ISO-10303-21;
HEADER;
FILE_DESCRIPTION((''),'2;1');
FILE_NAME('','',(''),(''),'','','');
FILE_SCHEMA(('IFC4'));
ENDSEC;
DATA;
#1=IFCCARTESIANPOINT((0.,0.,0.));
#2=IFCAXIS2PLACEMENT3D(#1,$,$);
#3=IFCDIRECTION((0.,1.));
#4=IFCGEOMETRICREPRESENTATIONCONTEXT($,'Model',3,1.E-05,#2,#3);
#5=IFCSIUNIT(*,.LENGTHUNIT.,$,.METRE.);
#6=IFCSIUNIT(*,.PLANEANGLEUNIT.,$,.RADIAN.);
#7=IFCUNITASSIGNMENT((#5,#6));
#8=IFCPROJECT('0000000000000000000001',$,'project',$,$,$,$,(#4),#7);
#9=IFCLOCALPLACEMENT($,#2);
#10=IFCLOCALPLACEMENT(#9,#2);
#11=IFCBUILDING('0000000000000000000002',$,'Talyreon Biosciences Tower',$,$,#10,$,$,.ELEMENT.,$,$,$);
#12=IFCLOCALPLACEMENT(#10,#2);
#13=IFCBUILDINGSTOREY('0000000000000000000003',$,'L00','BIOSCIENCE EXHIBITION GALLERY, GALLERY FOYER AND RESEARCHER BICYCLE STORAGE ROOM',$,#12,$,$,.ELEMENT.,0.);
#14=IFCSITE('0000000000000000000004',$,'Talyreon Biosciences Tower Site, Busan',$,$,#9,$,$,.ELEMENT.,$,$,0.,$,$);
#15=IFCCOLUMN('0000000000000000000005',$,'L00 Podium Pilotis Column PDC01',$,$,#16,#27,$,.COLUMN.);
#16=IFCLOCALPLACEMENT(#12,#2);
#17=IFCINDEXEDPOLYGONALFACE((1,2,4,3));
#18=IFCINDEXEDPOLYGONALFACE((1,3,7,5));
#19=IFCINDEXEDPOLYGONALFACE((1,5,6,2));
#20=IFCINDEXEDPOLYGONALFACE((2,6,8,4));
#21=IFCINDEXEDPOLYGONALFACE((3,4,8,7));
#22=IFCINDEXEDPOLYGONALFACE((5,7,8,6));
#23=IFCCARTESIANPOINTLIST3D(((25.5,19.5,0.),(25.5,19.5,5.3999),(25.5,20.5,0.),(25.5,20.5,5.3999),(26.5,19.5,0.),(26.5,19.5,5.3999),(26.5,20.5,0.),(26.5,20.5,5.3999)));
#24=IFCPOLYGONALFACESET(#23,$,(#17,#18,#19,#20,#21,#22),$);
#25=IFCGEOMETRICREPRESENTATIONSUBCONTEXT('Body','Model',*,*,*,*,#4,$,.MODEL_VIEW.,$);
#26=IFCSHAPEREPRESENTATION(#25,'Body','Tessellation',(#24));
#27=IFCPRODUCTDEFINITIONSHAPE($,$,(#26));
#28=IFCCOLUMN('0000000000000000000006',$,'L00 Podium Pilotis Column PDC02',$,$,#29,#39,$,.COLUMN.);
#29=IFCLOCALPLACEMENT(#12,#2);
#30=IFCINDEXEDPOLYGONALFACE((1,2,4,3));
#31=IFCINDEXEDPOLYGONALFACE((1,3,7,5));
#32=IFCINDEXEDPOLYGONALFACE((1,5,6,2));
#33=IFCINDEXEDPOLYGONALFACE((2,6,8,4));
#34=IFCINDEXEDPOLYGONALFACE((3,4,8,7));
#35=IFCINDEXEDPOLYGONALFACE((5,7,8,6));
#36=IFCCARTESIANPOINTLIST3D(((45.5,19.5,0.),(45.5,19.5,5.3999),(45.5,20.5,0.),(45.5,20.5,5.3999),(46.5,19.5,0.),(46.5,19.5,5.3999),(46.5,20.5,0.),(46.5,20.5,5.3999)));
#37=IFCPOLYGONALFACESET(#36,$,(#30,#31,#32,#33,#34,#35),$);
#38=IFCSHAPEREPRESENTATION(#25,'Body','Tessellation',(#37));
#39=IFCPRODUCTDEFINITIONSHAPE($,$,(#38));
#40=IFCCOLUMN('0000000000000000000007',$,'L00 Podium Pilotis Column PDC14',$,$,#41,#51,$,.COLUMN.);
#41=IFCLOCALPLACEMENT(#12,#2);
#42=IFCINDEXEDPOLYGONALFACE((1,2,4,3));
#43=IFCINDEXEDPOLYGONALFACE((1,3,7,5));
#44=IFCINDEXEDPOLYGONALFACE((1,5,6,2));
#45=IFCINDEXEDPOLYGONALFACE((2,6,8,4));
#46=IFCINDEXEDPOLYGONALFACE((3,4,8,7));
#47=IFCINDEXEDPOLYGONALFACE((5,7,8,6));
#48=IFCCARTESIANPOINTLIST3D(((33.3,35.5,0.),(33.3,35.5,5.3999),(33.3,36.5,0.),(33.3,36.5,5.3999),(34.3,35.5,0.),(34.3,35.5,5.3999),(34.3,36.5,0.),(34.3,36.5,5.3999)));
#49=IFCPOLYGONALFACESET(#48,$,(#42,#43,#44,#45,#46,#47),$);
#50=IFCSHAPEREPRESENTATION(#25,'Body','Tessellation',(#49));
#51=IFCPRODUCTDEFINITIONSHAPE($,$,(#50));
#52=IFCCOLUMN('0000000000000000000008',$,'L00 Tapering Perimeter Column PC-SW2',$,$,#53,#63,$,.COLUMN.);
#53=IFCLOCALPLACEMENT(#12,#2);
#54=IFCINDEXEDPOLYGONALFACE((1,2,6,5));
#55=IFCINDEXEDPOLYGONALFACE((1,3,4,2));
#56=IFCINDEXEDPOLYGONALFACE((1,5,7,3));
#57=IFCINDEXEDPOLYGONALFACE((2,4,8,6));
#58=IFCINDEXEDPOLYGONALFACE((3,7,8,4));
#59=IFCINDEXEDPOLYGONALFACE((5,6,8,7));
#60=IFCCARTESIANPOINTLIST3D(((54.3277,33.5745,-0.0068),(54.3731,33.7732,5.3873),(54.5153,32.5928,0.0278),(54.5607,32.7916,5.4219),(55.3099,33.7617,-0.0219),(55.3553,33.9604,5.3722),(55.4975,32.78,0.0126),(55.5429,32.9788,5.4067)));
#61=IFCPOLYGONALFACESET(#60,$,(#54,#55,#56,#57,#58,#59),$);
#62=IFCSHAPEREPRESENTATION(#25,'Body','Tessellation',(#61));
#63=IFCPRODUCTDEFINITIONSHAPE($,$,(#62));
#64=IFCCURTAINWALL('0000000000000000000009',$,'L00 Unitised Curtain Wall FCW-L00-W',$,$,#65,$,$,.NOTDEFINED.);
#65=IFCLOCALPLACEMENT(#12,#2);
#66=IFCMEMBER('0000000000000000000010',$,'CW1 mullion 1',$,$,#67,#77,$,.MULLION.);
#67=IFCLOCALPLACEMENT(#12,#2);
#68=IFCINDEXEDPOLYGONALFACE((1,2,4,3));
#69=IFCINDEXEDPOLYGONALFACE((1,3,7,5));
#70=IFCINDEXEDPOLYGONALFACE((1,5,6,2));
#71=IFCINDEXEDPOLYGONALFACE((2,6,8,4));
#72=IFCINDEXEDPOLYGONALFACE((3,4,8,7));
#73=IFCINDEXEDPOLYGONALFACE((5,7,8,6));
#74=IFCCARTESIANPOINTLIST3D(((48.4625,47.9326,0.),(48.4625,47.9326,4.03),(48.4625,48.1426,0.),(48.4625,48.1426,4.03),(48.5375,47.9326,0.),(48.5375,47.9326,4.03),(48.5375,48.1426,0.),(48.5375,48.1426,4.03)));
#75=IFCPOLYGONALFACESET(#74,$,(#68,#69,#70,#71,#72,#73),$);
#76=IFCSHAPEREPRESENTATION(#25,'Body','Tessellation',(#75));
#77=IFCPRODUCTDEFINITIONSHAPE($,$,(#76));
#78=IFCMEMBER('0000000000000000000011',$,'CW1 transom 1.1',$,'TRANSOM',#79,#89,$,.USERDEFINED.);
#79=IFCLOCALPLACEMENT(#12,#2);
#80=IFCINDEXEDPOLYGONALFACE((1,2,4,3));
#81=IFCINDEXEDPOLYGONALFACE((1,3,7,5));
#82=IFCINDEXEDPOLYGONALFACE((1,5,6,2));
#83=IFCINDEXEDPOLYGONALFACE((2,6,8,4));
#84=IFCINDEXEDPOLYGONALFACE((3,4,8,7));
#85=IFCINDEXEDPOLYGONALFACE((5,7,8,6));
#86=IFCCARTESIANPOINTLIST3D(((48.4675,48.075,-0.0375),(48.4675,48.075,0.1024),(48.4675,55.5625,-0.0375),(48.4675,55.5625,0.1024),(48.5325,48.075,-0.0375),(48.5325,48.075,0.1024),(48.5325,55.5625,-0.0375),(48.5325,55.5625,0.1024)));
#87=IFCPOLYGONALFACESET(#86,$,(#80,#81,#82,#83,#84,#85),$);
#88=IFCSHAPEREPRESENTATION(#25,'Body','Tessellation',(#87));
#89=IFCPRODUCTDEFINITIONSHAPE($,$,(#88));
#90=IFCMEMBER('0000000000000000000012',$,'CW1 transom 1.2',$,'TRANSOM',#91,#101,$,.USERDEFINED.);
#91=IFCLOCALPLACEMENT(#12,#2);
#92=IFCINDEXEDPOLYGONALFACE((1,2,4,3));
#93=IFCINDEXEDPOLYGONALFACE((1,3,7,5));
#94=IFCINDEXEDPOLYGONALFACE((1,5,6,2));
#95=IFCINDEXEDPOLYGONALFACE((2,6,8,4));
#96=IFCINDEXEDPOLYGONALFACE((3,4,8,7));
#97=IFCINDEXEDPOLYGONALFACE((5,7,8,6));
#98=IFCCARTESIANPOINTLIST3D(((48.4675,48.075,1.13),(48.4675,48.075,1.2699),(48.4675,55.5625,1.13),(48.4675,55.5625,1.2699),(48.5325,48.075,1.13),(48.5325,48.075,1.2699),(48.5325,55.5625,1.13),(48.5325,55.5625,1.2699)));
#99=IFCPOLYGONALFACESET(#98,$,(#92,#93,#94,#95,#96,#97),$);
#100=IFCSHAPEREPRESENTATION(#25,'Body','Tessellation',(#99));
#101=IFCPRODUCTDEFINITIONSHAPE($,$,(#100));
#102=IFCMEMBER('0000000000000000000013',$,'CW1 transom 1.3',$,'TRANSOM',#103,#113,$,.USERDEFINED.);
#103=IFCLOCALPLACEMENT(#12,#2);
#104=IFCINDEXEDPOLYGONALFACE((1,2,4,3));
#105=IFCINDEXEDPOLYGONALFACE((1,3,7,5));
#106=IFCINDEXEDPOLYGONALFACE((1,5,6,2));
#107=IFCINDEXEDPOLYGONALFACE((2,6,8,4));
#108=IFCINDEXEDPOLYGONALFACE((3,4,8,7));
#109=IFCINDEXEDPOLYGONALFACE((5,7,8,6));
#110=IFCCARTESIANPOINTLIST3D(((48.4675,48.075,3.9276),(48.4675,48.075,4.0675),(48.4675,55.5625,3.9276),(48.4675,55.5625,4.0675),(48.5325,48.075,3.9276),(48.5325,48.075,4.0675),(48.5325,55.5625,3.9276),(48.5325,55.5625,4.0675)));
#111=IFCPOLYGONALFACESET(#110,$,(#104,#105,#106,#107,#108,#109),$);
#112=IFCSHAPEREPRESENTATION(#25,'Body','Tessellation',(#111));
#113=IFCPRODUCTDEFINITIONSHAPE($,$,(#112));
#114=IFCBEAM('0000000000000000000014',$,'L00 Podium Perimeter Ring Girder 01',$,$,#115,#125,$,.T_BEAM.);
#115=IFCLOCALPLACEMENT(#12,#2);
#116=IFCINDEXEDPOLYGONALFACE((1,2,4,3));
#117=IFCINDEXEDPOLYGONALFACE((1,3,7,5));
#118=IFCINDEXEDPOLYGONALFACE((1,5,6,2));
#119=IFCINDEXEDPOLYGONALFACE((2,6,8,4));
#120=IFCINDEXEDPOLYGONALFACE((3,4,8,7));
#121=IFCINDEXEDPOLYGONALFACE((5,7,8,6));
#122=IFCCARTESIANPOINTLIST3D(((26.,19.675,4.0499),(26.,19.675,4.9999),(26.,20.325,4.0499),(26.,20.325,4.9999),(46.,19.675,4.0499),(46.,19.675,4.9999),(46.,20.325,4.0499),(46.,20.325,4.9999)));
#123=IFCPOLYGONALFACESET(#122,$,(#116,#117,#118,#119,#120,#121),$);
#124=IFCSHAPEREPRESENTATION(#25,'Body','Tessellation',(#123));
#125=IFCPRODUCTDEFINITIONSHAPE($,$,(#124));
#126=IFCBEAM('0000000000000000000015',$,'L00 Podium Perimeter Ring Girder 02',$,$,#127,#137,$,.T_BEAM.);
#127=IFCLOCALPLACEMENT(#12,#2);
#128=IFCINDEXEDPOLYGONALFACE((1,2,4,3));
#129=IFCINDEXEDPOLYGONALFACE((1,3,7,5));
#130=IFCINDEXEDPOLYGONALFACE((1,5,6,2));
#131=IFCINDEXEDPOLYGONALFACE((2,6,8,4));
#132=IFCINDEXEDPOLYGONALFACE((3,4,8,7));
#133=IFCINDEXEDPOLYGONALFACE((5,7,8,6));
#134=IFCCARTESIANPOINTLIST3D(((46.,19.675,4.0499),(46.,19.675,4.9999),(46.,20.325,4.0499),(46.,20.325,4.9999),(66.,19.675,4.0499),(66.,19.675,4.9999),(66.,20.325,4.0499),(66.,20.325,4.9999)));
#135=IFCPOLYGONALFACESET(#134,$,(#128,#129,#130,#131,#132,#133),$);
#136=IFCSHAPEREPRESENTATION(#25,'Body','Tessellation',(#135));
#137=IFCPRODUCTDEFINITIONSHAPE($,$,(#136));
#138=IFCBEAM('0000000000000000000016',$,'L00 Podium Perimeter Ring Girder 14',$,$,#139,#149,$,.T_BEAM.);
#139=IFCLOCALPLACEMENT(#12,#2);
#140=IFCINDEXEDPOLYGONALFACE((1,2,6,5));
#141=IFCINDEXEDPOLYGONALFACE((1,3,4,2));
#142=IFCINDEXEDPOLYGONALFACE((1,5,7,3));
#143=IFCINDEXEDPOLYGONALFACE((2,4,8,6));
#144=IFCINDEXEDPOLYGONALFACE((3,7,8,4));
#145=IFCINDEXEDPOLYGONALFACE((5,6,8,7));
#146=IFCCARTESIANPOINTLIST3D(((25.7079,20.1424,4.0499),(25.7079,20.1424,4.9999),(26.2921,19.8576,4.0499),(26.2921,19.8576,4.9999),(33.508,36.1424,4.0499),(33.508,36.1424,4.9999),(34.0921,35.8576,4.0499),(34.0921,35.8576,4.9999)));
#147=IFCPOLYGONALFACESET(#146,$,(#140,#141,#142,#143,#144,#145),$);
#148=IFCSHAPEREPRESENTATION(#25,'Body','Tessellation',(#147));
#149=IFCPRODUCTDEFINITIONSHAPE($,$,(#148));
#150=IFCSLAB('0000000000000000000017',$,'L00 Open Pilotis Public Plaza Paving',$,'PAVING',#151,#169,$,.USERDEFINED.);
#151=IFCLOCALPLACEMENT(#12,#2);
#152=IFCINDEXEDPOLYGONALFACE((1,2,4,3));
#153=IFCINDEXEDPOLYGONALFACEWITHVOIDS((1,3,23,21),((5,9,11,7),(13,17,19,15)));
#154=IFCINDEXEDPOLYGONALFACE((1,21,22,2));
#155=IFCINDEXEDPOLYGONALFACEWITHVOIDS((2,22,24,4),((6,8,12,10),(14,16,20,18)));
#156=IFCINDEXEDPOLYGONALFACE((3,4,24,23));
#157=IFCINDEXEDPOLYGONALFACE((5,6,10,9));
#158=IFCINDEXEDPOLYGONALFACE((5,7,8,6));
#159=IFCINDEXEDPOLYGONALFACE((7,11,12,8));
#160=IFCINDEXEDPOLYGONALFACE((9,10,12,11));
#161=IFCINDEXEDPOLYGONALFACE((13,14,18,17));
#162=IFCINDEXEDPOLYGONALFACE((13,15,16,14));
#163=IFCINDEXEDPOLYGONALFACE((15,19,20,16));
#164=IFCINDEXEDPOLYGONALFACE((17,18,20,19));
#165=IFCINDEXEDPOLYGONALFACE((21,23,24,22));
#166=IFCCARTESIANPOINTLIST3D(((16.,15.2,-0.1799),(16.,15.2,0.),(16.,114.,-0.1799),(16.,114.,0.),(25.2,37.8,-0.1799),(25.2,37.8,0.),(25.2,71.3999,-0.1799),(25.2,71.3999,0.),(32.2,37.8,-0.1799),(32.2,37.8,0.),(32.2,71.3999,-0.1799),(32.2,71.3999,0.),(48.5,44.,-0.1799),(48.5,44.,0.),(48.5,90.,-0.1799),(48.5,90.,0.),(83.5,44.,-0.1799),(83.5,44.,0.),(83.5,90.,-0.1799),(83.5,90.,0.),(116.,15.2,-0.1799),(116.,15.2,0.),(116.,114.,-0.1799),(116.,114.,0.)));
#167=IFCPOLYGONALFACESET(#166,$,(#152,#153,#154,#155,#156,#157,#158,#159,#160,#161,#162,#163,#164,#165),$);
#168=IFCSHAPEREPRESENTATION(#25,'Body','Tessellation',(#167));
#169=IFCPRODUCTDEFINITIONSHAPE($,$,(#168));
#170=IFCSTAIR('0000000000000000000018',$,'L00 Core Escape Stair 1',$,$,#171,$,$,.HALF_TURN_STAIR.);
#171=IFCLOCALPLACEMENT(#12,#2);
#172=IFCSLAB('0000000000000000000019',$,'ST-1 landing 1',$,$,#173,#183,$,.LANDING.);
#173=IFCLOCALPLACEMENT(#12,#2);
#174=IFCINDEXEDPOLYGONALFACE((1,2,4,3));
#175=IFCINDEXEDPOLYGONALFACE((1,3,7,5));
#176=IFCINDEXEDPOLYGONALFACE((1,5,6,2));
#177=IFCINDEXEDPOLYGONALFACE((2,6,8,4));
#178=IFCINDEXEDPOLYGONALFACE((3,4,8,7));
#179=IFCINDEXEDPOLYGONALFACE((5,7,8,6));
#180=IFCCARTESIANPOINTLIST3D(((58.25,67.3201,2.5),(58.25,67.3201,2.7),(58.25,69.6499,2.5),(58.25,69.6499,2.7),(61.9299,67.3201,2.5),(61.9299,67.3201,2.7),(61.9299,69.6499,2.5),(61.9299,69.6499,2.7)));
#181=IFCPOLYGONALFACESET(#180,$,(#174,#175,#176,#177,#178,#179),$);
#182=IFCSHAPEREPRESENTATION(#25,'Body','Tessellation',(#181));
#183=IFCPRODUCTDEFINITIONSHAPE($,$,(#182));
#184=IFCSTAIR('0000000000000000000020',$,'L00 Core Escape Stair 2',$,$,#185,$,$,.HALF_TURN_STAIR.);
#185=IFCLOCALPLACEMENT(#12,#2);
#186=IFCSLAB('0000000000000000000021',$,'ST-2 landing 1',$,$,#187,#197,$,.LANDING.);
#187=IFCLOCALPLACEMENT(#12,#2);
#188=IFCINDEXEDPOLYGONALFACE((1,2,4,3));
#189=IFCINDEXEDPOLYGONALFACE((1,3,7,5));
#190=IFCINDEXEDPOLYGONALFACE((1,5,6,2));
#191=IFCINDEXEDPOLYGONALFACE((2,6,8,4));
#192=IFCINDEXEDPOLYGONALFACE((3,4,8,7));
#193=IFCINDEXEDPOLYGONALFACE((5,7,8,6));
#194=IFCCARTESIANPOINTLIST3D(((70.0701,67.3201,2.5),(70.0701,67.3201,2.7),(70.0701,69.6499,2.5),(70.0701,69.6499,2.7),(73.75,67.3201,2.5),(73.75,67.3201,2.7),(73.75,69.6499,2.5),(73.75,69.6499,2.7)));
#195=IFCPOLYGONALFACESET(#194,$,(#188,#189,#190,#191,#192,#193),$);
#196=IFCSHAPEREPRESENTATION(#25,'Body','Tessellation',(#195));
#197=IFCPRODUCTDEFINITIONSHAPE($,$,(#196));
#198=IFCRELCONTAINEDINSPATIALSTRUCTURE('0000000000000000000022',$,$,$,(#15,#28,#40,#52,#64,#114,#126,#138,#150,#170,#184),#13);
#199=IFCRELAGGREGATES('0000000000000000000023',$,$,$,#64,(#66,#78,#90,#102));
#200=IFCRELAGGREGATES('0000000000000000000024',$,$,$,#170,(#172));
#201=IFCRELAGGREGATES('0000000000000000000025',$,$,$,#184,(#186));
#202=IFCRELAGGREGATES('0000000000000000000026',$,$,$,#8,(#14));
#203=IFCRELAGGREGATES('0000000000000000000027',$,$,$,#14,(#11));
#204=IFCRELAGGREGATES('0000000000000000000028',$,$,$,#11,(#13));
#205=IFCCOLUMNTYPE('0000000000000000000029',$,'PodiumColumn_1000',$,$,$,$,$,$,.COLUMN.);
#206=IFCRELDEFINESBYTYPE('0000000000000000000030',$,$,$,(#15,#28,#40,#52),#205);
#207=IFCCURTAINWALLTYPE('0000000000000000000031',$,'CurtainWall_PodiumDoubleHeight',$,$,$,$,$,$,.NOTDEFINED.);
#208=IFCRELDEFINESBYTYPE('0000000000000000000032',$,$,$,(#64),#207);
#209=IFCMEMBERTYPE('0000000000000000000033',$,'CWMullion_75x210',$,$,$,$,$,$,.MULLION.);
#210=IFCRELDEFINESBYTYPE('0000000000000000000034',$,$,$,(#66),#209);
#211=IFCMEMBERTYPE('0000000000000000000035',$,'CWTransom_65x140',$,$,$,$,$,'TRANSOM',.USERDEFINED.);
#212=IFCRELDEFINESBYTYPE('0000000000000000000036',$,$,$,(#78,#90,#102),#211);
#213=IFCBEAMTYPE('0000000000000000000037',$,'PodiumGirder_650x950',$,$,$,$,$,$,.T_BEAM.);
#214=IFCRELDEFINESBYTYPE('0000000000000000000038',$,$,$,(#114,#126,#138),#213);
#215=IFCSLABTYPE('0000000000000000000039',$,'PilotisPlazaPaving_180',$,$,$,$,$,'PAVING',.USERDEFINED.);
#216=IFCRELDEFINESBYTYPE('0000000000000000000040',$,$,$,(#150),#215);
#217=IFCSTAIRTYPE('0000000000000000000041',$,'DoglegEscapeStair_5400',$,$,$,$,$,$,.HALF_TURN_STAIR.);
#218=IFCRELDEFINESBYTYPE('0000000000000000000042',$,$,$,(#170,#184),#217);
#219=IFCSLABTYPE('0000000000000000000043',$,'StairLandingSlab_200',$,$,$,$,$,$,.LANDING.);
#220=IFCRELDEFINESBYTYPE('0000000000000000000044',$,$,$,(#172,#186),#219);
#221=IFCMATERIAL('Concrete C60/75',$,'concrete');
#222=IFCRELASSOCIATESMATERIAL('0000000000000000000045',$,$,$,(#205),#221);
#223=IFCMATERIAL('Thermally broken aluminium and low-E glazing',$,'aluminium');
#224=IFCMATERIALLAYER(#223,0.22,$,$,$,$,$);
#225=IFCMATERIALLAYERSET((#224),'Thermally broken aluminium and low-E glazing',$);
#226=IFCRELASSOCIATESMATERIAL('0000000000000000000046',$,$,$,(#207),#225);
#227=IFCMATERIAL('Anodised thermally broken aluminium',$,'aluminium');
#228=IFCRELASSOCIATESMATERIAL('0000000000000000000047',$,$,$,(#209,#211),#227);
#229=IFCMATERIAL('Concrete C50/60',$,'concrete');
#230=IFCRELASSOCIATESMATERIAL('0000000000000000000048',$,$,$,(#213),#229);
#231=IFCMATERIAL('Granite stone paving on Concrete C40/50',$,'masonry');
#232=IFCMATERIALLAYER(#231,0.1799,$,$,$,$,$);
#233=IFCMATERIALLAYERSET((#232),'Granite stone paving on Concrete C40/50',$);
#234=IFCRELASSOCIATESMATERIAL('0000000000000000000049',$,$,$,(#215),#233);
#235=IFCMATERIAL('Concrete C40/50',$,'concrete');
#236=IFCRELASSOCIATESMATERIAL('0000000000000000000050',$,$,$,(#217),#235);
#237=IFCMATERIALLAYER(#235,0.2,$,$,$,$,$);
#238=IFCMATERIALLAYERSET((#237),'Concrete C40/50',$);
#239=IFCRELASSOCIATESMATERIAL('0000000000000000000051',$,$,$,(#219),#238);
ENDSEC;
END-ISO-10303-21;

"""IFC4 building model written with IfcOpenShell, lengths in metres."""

from ifc_helpers import new_model, si_unit, direction, frame, origin, origin_2d, place, context, subcontext, project, spatial, polyline, rectangle, outline, extrude, material, layer, layer_set, material_profile, profile_set, type_object, element, aggregate, save


model = new_model("IFC4")

# Units and contexts
model_context = context("Model", 3, precision=1e-05, world=origin(), true_north=direction((0.0, 1.0)))
body_context = subcontext(model_context, "Body", "Model", "MODEL_VIEW")
ifc_project = project(units=[si_unit("LENGTHUNIT", "METRE"), si_unit("PLANEANGLEUNIT", "RADIAN")], contexts=[model_context])

# Site, building, storey
site_placement = place(None, origin())
site = spatial("IfcSite", under=ifc_project, at=site_placement, Name="Talyreon Biosciences Tower Site, Busan", CompositionType="ELEMENT", RefElevation=0.0)
building_placement = place(site_placement, origin())
building = spatial("IfcBuilding", under=site, at=building_placement, Name="Talyreon Biosciences Tower", CompositionType="ELEMENT")
storey_placement = place(building_placement, origin())
storey = spatial("IfcBuildingStorey", under=building, at=storey_placement, Name="L00", Description="BIOSCIENCE EXHIBITION GALLERY, GALLERY FOYER AND RESEARCHER BICYCLE STORAGE ROOM", CompositionType="ELEMENT", Elevation=0.0)

# Columns
ifc_material_1 = material(Name="Concrete C60/75", Category="concrete")
ifc_material_profile_1 = material_profile(ifc_material_1, rectangle(XDim=1.0, YDim=1.0, at=origin_2d()), Name="RC 1000x1000")
ifc_profile_set_1 = profile_set([ifc_material_profile_1], Name="Concrete C60/75")
column_type = type_object("IfcColumnType", Name="PodiumColumn_1000", PredefinedType="COLUMN", material=ifc_profile_set_1)
for number, where, z_axis, x_axis, name in (
    (1, (26.0, 20.0, 0.0), (0.0, 0.0, 1.0), (1.0, 0.0, 0.0), "L00 Podium Pilotis Column PDC01"),
    (2, (46.0, 20.0, 0.0), (0.0, 0.0, 1.0), (1.0, 0.0, 0.0), "L00 Podium Pilotis Column PDC02"),
    (3, (33.8, 36.0, 0.0), (0.0, 0.0, 1.0), (1.0, 0.0, 0.0), "L00 Podium Pilotis Column PDC14"),
):
    element("IfcColumn", number, at=place(storey_placement, frame(where, z_axis=z_axis, x_axis=x_axis)), inside=storey, type_object=column_type, Name=name, PredefinedType="COLUMN", context=body_context, shape_type="SweptSolid", body=[
        extrude(rectangle(XDim=1.0, YDim=1.0, at=origin_2d()), origin(), (0.0, 0.0, 1.0), 5.3999),
    ])
column_placement = place(storey_placement, frame((54.9126, 33.1772, 0.0029), z_axis=(0.008413, 0.036816, 0.999287), x_axis=(-0.187627, 0.981631, -0.034586)))
element("IfcColumn", 4, at=column_placement, inside=storey, type_object=column_type, Name="L00 Tapering Perimeter Column PC-SW2", PredefinedType="COLUMN", context=body_context, shape_type="SweptSolid", body=[
    extrude(rectangle(XDim=1.0, YDim=1.0, at=origin_2d()), origin(), (0.0, 0.0, 1.0), 5.3979),
])

# Curtain wall, members
ifc_material_2 = material(Name="Thermally broken aluminium and low-E glazing", Category="aluminium")
ifc_layer_1 = layer(ifc_material_2, 0.22)
ifc_layer_set_1 = layer_set([ifc_layer_1], Name="Thermally broken aluminium and low-E glazing")
curtain_wall_type = type_object("IfcCurtainWallType", Name="CurtainWall_PodiumDoubleHeight", PredefinedType="NOTDEFINED", material=ifc_layer_set_1)
curtain_wall_placement = place(storey_placement, origin())
curtain_wall = element("IfcCurtainWall", 5, at=curtain_wall_placement, inside=storey, type_object=curtain_wall_type, Name="L00 Unitised Curtain Wall FCW-L00-W", PredefinedType="NOTDEFINED")
ifc_material_3 = material(Name="Anodised thermally broken aluminium", Category="aluminium")
ifc_material_profile_2 = material_profile(ifc_material_3, rectangle(XDim=0.075, YDim=0.21, at=origin_2d()), Name="ALUM MULLION 75x210")
ifc_profile_set_2 = profile_set([ifc_material_profile_2], Name="Anodised thermally broken aluminium")
member_type_1 = type_object("IfcMemberType", Name="CWMullion_75x210", PredefinedType="MULLION", material=ifc_profile_set_2)
member_1_placement = place(storey_placement, frame((48.5, 48.0376, 0.0), z_axis=(0.0, 0.0, 1.0), x_axis=(-1.0, 0.0, 0.0)))
member_1 = element("IfcMember", 6, at=member_1_placement, type_object=member_type_1, Name="CW1 mullion 1", PredefinedType="MULLION", context=body_context, shape_type="SweptSolid", body=[
    extrude(rectangle(XDim=0.075, YDim=0.21, at=origin_2d()), origin(), (0.0, 0.0, 1.0), 4.03),
])
ifc_material_profile_3 = material_profile(ifc_material_3, rectangle(XDim=0.0649, YDim=0.1399, at=origin_2d()), Name="ALUM TRANSOM 65x140")
ifc_profile_set_3 = profile_set([ifc_material_profile_3], Name="Anodised thermally broken aluminium")
member_type_2 = type_object("IfcMemberType", Name="CWTransom_65x140", ElementType="TRANSOM", PredefinedType="USERDEFINED", material=ifc_profile_set_3)
member_2_placement = place(storey_placement, frame((48.5, 48.075, 0.0325), z_axis=(0.0, 1.0, 0.0), x_axis=(-1.0, 0.0, 0.0)))
member_2 = element("IfcMember", 7, at=member_2_placement, type_object=member_type_2, Name="CW1 transom 1.1", ObjectType="TRANSOM", PredefinedType="USERDEFINED", context=body_context, shape_type="SweptSolid", body=[
    extrude(rectangle(XDim=0.0649, YDim=0.1399, at=origin_2d()), origin(), (0.0, 0.0, 1.0), 7.4875),
])
member_3_placement = place(storey_placement, frame((48.5, 48.075, 1.2), z_axis=(0.0, 1.0, 0.0), x_axis=(-1.0, 0.0, 0.0)))
member_3 = element("IfcMember", 8, at=member_3_placement, type_object=member_type_2, Name="CW1 transom 1.2", ObjectType="TRANSOM", PredefinedType="USERDEFINED", context=body_context, shape_type="SweptSolid", body=[
    extrude(rectangle(XDim=0.0649, YDim=0.1399, at=origin_2d()), origin(), (0.0, 0.0, 1.0), 7.4875),
])
member_4_placement = place(storey_placement, frame((48.5, 48.075, 3.9976), z_axis=(0.0, 1.0, 0.0), x_axis=(-1.0, 0.0, 0.0)))
member_4 = element("IfcMember", 9, at=member_4_placement, type_object=member_type_2, Name="CW1 transom 1.3", ObjectType="TRANSOM", PredefinedType="USERDEFINED", context=body_context, shape_type="SweptSolid", body=[
    extrude(rectangle(XDim=0.0649, YDim=0.1399, at=origin_2d()), origin(), (0.0, 0.0, 1.0), 7.4875),
])
aggregate(curtain_wall, [member_1, member_2, member_3, member_4])

# Beams
ifc_material_4 = material(Name="Concrete C50/60", Category="concrete")
ifc_material_profile_4 = material_profile(ifc_material_4, rectangle(XDim=0.6499, YDim=0.95, at=origin_2d()), Name="RCB 650x950")
ifc_profile_set_4 = profile_set([ifc_material_profile_4], Name="Concrete C50/60")
beam_type = type_object("IfcBeamType", Name="PodiumGirder_650x950", PredefinedType="T_BEAM", material=ifc_profile_set_4)
for number, where, z_axis, x_axis, name in (
    (10, (26.0, 20.0, 4.5249), (1.0, 0.0, 0.0), (0.0, 1.0, 0.0), "L00 Podium Perimeter Ring Girder 01"),
    (11, (46.0, 20.0, 4.5249), (1.0, 0.0, 0.0), (0.0, 1.0, 0.0), "L00 Podium Perimeter Ring Girder 02"),
):
    element("IfcBeam", number, at=place(storey_placement, frame(where, z_axis=z_axis, x_axis=x_axis)), inside=storey, type_object=beam_type, Name=name, PredefinedType="T_BEAM", context=body_context, shape_type="SweptSolid", body=[
        extrude(rectangle(XDim=0.6499, YDim=0.95, at=origin_2d()), origin(), (0.0, 0.0, 1.0), 20.0),
    ])
beam_placement = place(storey_placement, frame((33.8, 36.0, 4.5249), z_axis=(-0.438204, -0.898875, 0.0), x_axis=(0.898875, -0.438204, 0.0)))
element("IfcBeam", 12, at=beam_placement, inside=storey, type_object=beam_type, Name="L00 Podium Perimeter Ring Girder 14", PredefinedType="T_BEAM", context=body_context, shape_type="SweptSolid", body=[
    extrude(rectangle(XDim=0.6499, YDim=0.95, at=origin_2d()), origin(), (0.0, 0.0, 1.0), 17.8),
])

# Slab
ifc_material_5 = material(Name="Granite stone paving on Concrete C40/50", Category="masonry")
ifc_layer_2 = layer(ifc_material_5, 0.1799)
ifc_layer_set_2 = layer_set([ifc_layer_2], Name="Granite stone paving on Concrete C40/50")
slab_type_1 = type_object("IfcSlabType", Name="PilotisPlazaPaving_180", ElementType="PAVING", PredefinedType="USERDEFINED", material=ifc_layer_set_2)
slab_1_placement = place(storey_placement, frame((0.0, 0.0, -0.1799)))
element("IfcSlab", 13, at=slab_1_placement, inside=storey, type_object=slab_type_1, Name="L00 Open Pilotis Public Plaza Paving", ObjectType="PAVING", PredefinedType="USERDEFINED", context=body_context, shape_type="SweptSolid", body=[
    extrude(outline(polyline([(16.0, 15.2), (116.0, 15.2), (116.0, 114.0), (16.0, 114.0), (16.0, 15.2)]), holes=[polyline([(48.5, 44.0), (83.5, 44.0), (83.5, 90.0), (48.5, 90.0), (48.5, 44.0)]), polyline([(25.2, 37.8), (32.2, 37.8), (32.2, 71.3999), (25.2, 71.3999), (25.2, 37.8)])]), origin(), (0.0, 0.0, 1.0), 0.1799),
])

# Stairs, slabs
ifc_material_6 = material(Name="Concrete C40/50", Category="concrete")
stair_type = type_object("IfcStairType", Name="DoglegEscapeStair_5400", PredefinedType="HALF_TURN_STAIR", material=ifc_material_6)
stair_1_placement = place(storey_placement, origin())
stair_1 = element("IfcStair", 14, at=stair_1_placement, inside=storey, type_object=stair_type, Name="L00 Core Escape Stair 1", PredefinedType="HALF_TURN_STAIR")
ifc_layer_3 = layer(ifc_material_6, 0.2)
ifc_layer_set_3 = layer_set([ifc_layer_3], Name="Concrete C40/50")
slab_type_2 = type_object("IfcSlabType", Name="StairLandingSlab_200", PredefinedType="LANDING", material=ifc_layer_set_3)
slab_2_placement = place(storey_placement, frame((0.0, 0.0, 2.5)))
slab_2 = element("IfcSlab", 15, at=slab_2_placement, type_object=slab_type_2, Name="ST-1 landing 1", PredefinedType="LANDING", context=body_context, shape_type="SweptSolid", body=[
    extrude(outline(polyline([(61.9299, 67.3201), (61.9299, 69.6499), (58.25, 69.6499), (58.25, 67.3201), (61.9299, 67.3201)])), origin(), (0.0, 0.0, 1.0), 0.2),
])
aggregate(stair_1, [slab_2])
stair_2_placement = place(storey_placement, origin())
stair_2 = element("IfcStair", 16, at=stair_2_placement, inside=storey, type_object=stair_type, Name="L00 Core Escape Stair 2", PredefinedType="HALF_TURN_STAIR")
slab_3_placement = place(storey_placement, frame((0.0, 0.0, 2.5)))
slab_3 = element("IfcSlab", 17, at=slab_3_placement, type_object=slab_type_2, Name="ST-2 landing 1", PredefinedType="LANDING", context=body_context, shape_type="SweptSolid", body=[
    extrude(outline(polyline([(73.75, 67.3201), (73.75, 69.6499), (70.0701, 69.6499), (70.0701, 67.3201), (73.75, 67.3201)])), origin(), (0.0, 0.0, 1.0), 0.2),
])
aggregate(stair_2, [slab_3])

save(model, "model.ifc")
